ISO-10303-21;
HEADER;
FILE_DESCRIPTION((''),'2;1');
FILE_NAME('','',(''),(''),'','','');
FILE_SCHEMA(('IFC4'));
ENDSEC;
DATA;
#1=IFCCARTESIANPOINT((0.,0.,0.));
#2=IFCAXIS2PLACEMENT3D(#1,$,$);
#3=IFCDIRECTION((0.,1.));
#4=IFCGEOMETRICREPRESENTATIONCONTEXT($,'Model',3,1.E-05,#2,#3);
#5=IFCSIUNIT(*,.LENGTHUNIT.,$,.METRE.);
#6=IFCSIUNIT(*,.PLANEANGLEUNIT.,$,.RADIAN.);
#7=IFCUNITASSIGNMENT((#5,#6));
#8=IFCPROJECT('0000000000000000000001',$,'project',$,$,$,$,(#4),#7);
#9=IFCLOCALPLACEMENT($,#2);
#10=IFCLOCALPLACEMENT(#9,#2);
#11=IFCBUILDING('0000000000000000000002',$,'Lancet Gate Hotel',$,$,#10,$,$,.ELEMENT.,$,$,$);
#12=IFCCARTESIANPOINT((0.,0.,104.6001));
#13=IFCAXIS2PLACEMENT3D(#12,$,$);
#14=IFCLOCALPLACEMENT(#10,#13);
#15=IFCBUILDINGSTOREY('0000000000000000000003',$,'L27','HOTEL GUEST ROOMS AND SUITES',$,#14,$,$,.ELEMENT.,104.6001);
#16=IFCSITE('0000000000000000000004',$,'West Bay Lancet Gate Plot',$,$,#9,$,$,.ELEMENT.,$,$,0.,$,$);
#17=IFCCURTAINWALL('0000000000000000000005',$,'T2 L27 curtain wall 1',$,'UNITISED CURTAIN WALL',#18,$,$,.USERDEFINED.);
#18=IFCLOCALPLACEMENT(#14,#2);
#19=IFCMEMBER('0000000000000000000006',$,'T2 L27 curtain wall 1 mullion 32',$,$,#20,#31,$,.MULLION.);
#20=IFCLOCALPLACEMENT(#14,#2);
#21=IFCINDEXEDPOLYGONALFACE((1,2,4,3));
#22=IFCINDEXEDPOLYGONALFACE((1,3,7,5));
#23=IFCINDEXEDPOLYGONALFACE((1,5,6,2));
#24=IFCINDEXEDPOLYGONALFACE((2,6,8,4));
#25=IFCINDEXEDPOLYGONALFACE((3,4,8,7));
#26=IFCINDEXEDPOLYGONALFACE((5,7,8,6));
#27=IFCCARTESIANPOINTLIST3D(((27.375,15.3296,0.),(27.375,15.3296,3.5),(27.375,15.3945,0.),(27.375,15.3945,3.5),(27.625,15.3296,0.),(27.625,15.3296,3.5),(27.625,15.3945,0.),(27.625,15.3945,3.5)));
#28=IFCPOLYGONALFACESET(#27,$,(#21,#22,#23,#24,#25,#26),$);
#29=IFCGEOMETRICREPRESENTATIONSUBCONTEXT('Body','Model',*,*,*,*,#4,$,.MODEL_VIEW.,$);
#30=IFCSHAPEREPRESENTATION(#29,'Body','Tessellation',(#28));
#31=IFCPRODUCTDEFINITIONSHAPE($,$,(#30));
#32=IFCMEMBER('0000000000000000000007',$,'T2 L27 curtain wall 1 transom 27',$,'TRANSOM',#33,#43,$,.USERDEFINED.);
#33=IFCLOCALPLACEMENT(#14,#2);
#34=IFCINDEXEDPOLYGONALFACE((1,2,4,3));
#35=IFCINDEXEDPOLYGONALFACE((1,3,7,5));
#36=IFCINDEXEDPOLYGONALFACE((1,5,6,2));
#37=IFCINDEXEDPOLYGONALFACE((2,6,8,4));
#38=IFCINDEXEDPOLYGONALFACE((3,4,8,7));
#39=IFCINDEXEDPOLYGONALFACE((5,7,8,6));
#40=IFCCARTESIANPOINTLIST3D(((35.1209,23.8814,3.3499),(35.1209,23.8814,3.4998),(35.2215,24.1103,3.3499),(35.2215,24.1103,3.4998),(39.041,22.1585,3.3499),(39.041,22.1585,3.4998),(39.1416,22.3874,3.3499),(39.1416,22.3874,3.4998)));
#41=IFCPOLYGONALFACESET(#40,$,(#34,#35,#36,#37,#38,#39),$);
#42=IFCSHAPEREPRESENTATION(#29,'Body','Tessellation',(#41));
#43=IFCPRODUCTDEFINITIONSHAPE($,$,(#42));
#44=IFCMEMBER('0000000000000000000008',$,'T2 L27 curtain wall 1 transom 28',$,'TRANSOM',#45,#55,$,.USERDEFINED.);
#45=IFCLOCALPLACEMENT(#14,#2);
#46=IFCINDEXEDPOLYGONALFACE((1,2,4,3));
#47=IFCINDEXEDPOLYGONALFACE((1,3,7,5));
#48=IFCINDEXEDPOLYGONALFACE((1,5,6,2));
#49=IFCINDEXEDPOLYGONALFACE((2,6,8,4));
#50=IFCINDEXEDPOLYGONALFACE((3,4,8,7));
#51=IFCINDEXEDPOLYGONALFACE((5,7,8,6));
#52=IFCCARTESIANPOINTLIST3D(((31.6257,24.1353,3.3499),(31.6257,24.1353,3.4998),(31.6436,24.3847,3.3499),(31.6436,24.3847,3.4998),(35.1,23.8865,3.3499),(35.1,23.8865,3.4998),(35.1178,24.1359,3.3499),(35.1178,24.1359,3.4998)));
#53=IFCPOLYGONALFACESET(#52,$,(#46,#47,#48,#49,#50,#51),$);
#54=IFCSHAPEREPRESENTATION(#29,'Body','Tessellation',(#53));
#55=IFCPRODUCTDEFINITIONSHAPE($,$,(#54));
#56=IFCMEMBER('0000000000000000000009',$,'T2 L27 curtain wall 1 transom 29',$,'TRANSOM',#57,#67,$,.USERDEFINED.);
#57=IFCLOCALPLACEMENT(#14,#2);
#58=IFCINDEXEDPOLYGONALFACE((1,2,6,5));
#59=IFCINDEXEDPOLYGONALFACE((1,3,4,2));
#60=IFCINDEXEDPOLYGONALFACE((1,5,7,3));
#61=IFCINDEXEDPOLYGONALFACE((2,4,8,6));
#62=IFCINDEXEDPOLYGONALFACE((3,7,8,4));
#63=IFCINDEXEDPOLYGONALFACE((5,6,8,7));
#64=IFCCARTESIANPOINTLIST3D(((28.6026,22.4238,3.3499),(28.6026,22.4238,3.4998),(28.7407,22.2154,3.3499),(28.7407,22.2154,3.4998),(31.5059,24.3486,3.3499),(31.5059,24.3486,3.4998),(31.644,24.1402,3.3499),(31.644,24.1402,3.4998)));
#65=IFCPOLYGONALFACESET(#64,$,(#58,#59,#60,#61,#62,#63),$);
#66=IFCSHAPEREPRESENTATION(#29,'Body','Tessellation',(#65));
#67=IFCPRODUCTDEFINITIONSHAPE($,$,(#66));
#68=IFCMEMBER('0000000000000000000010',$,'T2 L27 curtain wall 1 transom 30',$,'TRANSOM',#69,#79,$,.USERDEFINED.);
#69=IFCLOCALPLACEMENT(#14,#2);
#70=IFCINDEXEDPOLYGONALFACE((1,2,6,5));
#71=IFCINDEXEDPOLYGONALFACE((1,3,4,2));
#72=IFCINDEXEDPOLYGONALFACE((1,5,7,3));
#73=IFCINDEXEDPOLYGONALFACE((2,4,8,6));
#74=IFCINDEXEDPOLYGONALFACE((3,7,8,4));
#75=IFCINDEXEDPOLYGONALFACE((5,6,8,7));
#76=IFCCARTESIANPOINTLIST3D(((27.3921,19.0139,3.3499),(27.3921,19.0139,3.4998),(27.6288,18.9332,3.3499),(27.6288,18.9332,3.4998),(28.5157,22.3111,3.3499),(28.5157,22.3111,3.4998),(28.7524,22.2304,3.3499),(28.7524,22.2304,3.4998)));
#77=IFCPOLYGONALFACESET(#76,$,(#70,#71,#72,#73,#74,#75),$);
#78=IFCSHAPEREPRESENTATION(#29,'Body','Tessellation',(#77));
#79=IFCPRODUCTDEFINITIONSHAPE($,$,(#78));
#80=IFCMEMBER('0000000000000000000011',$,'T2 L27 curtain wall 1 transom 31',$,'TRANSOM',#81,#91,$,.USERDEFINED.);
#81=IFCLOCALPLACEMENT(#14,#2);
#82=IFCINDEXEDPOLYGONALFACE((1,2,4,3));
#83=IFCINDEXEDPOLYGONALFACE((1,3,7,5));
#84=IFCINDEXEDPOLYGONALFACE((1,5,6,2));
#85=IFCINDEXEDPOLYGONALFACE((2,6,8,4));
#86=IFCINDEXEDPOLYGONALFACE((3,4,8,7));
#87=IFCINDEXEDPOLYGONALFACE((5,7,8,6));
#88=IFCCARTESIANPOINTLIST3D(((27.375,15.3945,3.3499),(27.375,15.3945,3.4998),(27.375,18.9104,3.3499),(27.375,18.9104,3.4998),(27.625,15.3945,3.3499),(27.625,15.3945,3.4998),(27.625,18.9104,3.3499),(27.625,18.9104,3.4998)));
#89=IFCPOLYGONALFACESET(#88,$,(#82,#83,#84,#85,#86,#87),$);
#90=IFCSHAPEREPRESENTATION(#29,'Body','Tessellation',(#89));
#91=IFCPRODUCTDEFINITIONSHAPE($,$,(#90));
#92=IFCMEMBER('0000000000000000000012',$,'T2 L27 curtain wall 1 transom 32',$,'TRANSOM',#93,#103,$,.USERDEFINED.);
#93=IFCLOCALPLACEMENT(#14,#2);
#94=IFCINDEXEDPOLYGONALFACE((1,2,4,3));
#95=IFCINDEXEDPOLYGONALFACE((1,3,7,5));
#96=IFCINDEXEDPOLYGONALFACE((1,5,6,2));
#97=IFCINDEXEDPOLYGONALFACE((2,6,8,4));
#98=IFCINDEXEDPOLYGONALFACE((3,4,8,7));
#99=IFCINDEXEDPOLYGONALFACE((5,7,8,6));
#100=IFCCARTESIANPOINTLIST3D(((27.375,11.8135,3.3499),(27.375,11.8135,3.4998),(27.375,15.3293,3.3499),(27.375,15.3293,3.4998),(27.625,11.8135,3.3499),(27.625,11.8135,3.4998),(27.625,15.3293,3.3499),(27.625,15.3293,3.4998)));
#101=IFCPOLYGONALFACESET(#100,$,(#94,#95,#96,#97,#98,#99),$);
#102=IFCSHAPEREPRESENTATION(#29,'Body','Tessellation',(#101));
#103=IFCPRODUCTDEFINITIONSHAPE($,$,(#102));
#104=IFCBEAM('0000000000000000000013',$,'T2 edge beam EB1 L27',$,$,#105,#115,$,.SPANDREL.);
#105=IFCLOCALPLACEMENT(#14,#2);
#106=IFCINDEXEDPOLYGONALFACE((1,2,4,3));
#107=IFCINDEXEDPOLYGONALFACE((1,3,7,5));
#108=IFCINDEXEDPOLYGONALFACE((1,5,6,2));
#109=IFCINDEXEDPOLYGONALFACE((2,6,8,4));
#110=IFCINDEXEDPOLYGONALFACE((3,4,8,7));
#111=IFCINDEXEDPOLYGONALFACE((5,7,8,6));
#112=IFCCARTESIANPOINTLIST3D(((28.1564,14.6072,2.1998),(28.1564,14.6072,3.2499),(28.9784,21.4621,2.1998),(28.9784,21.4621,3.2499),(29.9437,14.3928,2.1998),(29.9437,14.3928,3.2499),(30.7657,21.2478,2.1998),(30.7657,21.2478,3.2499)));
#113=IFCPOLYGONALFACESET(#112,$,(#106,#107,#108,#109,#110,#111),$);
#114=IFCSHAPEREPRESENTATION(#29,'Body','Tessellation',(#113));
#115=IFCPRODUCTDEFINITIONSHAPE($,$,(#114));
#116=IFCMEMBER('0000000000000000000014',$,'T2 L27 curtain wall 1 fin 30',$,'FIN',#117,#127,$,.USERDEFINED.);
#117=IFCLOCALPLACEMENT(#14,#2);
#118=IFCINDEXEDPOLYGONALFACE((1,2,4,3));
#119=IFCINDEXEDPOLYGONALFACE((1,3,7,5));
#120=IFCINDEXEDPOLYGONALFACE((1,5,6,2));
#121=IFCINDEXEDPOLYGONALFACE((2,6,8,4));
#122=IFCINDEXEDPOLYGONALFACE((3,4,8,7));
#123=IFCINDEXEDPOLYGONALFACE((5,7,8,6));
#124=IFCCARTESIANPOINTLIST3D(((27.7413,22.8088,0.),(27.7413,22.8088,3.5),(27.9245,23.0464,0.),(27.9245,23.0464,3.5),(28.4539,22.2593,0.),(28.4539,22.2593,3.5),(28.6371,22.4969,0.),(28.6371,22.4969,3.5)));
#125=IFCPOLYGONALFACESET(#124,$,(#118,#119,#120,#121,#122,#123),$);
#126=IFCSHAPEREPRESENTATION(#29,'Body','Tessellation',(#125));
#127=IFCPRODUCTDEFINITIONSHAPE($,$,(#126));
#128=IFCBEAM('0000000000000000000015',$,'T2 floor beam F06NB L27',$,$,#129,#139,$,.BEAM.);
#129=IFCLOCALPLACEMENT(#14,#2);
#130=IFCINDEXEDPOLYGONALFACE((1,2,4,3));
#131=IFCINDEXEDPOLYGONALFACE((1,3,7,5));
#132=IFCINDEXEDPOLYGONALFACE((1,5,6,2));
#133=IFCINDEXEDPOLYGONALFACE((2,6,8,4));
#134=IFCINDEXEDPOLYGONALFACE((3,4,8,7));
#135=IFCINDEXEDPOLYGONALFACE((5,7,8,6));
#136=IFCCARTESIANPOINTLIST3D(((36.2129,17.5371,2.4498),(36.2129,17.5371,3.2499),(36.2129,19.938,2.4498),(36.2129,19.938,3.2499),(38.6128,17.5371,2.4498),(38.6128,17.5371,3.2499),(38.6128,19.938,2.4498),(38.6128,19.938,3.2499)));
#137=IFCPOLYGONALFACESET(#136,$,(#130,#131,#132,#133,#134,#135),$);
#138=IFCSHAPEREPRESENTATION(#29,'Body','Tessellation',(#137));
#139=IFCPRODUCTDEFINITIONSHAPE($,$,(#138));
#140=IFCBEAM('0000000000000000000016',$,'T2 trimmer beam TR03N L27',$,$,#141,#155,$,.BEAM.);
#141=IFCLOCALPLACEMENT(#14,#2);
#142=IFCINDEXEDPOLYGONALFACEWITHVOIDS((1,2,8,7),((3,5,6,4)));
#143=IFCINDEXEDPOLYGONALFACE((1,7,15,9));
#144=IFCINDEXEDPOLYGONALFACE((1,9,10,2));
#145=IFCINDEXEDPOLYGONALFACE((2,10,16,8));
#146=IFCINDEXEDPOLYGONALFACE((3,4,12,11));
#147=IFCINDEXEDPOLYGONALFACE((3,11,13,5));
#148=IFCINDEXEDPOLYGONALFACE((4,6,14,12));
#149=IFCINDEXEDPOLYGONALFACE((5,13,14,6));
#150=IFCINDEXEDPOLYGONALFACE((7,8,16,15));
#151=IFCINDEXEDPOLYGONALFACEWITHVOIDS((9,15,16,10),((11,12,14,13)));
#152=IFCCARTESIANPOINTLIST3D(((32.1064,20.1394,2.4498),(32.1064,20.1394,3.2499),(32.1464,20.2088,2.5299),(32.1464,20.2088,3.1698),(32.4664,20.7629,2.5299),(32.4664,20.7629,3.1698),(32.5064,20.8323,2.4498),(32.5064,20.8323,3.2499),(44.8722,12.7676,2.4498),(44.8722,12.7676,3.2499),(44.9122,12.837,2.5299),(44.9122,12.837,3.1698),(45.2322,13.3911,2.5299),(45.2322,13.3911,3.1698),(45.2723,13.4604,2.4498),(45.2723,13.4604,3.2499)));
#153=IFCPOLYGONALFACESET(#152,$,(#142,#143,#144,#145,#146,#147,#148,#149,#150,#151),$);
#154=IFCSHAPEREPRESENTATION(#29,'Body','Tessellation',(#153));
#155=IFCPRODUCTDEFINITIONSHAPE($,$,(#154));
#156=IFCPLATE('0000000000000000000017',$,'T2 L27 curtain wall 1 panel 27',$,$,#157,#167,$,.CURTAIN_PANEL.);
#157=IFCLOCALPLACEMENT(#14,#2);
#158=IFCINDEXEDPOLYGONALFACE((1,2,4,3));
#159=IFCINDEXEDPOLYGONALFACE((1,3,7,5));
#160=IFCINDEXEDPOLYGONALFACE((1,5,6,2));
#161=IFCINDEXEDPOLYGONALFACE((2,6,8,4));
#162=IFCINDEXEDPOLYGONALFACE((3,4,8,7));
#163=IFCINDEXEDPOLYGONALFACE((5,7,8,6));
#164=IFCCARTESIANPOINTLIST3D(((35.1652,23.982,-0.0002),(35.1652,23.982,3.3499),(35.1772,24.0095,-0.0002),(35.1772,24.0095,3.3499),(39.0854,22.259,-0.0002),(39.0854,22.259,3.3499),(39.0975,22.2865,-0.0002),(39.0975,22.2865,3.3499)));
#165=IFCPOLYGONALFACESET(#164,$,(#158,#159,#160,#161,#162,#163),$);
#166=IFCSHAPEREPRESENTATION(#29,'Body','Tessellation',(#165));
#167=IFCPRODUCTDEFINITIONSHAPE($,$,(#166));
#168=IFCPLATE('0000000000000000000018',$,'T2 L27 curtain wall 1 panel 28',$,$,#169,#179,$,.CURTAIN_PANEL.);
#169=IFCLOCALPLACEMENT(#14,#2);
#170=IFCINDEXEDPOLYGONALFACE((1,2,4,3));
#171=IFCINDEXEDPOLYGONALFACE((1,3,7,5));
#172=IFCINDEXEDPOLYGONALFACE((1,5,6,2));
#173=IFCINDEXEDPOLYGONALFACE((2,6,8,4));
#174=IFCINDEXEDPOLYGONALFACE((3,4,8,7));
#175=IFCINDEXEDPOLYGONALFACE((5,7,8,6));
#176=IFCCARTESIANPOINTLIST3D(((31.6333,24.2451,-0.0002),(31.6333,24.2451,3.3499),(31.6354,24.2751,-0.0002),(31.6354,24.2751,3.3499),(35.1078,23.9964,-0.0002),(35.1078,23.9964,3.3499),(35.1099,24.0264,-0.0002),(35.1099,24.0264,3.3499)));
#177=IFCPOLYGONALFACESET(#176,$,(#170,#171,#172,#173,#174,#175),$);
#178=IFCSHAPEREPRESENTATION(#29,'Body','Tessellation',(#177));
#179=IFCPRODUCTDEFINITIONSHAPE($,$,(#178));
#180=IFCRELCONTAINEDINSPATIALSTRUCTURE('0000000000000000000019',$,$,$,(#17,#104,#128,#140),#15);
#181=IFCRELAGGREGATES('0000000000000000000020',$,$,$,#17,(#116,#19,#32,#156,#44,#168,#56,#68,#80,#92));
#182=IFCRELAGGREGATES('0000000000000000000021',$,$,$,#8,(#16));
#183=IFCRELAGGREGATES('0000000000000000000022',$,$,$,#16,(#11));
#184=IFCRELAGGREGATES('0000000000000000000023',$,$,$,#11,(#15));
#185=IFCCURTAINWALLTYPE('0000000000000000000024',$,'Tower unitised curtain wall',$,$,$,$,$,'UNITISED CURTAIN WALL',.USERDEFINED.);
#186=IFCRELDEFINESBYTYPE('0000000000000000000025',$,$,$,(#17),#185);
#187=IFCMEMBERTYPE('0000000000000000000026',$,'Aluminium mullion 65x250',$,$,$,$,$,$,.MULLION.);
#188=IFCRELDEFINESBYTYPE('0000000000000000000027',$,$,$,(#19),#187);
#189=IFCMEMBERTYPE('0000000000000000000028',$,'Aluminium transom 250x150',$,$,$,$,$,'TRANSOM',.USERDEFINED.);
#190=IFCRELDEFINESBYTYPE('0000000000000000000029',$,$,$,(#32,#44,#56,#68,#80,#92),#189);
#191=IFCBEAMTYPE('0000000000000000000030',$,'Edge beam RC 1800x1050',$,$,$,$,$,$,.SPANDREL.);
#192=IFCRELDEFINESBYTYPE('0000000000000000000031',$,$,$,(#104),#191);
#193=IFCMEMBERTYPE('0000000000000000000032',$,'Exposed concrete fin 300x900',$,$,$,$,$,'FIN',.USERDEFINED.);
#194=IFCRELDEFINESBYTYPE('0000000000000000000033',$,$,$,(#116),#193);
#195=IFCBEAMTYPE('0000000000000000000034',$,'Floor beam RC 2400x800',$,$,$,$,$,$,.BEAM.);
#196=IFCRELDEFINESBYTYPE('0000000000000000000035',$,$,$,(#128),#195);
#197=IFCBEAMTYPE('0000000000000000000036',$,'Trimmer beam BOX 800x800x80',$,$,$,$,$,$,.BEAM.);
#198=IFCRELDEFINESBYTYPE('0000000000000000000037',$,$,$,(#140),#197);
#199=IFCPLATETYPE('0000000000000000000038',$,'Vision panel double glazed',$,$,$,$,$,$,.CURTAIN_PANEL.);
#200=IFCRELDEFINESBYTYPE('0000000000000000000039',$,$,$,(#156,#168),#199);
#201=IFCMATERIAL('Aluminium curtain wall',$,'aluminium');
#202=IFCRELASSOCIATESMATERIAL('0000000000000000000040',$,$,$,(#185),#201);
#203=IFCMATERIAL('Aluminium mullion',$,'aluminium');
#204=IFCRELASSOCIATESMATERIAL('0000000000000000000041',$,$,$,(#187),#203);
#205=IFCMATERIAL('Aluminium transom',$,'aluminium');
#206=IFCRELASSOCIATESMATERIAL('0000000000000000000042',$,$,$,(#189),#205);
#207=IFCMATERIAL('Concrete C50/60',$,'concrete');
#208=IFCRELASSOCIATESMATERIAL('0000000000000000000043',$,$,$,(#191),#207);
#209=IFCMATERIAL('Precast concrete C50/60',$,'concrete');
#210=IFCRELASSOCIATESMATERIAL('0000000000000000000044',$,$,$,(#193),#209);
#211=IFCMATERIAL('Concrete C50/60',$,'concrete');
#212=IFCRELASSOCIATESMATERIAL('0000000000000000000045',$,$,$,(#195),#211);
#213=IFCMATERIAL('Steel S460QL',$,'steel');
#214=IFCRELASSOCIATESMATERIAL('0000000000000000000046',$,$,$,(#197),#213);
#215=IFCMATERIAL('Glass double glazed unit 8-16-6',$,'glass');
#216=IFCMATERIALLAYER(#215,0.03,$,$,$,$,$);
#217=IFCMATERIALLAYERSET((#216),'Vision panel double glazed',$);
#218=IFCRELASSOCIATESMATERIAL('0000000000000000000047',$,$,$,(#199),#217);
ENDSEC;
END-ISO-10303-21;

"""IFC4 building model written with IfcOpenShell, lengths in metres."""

from ifc_helpers import new_model, si_unit, direction, frame, origin, origin_2d, place, context, subcontext, project, spatial, rectangle, hollow_rectangle, extrude, material, layer, layer_set, material_profile, profile_set, type_object, element, aggregate, save


model = new_model("IFC4")

# Units and contexts
model_context = context("Model", 3, precision=1e-05, world=origin(), true_north=direction((0.0, 1.0)))
body_context = subcontext(model_context, "Body", "Model", "MODEL_VIEW")
ifc_project = project(units=[si_unit("LENGTHUNIT", "METRE"), si_unit("PLANEANGLEUNIT", "RADIAN")], contexts=[model_context])

# Site, building, storey
site_placement = place(None, origin())
site = spatial("IfcSite", under=ifc_project, at=site_placement, Name="West Bay Lancet Gate Plot", CompositionType="ELEMENT", RefElevation=0.0)
building_placement = place(site_placement, origin())
building = spatial("IfcBuilding", under=site, at=building_placement, Name="Lancet Gate Hotel", CompositionType="ELEMENT")
storey_placement = place(building_placement, frame((0.0, 0.0, 104.6001)))
storey = spatial("IfcBuildingStorey", under=building, at=storey_placement, Name="L27", Description="HOTEL GUEST ROOMS AND SUITES", CompositionType="ELEMENT", Elevation=104.6001)

# Curtain wall, members
ifc_material_1 = material(Name="Aluminium curtain wall", Category="aluminium")
curtain_wall_type = type_object("IfcCurtainWallType", Name="Tower unitised curtain wall", ElementType="UNITISED CURTAIN WALL", PredefinedType="USERDEFINED", material=ifc_material_1)
curtain_wall_placement = place(storey_placement, origin())
curtain_wall = element("IfcCurtainWall", 1, at=curtain_wall_placement, inside=storey, type_object=curtain_wall_type, Name="T2 L27 curtain wall 1", ObjectType="UNITISED CURTAIN WALL", PredefinedType="USERDEFINED")
ifc_material_2 = material(Name="Aluminium mullion", Category="aluminium")
ifc_material_profile_1 = material_profile(ifc_material_2, rectangle(XDim=0.0649, YDim=0.25, at=origin_2d()), Name="MULLION 65x250")
ifc_profile_set_1 = profile_set([ifc_material_profile_1], Name="Aluminium mullion")
member_type_1 = type_object("IfcMemberType", Name="Aluminium mullion 65x250", PredefinedType="MULLION", material=ifc_profile_set_1)
member_1_placement = place(storey_placement, frame((27.5, 15.3621, 0.0), z_axis=(0.0, 0.0, 1.0), x_axis=(0.0, -1.0, 0.0)))
member_1 = element("IfcMember", 2, at=member_1_placement, type_object=member_type_1, Name="T2 L27 curtain wall 1 mullion 32", PredefinedType="MULLION", context=body_context, shape_type="SweptSolid", body=[
    extrude(rectangle(XDim=0.0649, YDim=0.25, at=origin_2d()), origin(), (0.0, 0.0, 1.0), 3.5),
])
ifc_material_3 = material(Name="Aluminium transom", Category="aluminium")
ifc_material_profile_2 = material_profile(ifc_material_3, rectangle(XDim=0.25, YDim=0.1499, at=origin_2d()), Name="TRANSOM 250x150")
ifc_profile_set_2 = profile_set([ifc_material_profile_2], Name="Aluminium transom")
member_type_2 = type_object("IfcMemberType", Name="Aluminium transom 250x150", ElementType="TRANSOM", PredefinedType="USERDEFINED", material=ifc_profile_set_2)
member_2_placement = place(storey_placement, frame((39.0913, 22.2729, 3.4248), z_axis=(-0.915485, 0.402353, 0.0), x_axis=(-0.402353, -0.915485, 0.0)))
member_2 = element("IfcMember", 3, at=member_2_placement, type_object=member_type_2, Name="T2 L27 curtain wall 1 transom 27", ObjectType="TRANSOM", PredefinedType="USERDEFINED", context=body_context, shape_type="SweptSolid", body=[
    extrude(rectangle(XDim=0.25, YDim=0.1499, at=origin_2d()), origin(), (0.0, 0.0, 1.0), 4.282),
])
member_3_placement = place(storey_placement, frame((35.1089, 24.0112, 3.4248), z_axis=(-0.997446, 0.071421, 0.0), x_axis=(-0.071421, -0.997446, 0.0)))
member_3 = element("IfcMember", 4, at=member_3_placement, type_object=member_type_2, Name="T2 L27 curtain wall 1 transom 28", ObjectType="TRANSOM", PredefinedType="USERDEFINED", context=body_context, shape_type="SweptSolid", body=[
    extrude(rectangle(XDim=0.25, YDim=0.1499, at=origin_2d()), origin(), (0.0, 0.0, 1.0), 3.4832),
])
member_4_placement = place(storey_placement, frame((31.575, 24.2444, 3.4248), z_axis=(-0.833471, -0.552563, 0.0), x_axis=(0.552563, -0.833471, 0.0)))
member_4 = element("IfcMember", 5, at=member_4_placement, type_object=member_type_2, Name="T2 L27 curtain wall 1 transom 29", ObjectType="TRANSOM", PredefinedType="USERDEFINED", context=body_context, shape_type="SweptSolid", body=[
    extrude(rectangle(XDim=0.25, YDim=0.1499, at=origin_2d()), origin(), (0.0, 0.0, 1.0), 3.4834),
])
member_5_placement = place(storey_placement, frame((28.634, 22.2708, 3.4248), z_axis=(-0.32255, -0.946553, 0.0), x_axis=(0.946553, -0.32255, 0.0)))
member_5 = element("IfcMember", 6, at=member_5_placement, type_object=member_type_2, Name="T2 L27 curtain wall 1 transom 30", ObjectType="TRANSOM", PredefinedType="USERDEFINED", context=body_context, shape_type="SweptSolid", body=[
    extrude(rectangle(XDim=0.25, YDim=0.1499, at=origin_2d()), origin(), (0.0, 0.0, 1.0), 3.4834),
])
member_6_placement = place(storey_placement, frame((27.5, 18.9104, 3.4248), z_axis=(0.0, -1.0, 0.0), x_axis=(1.0, 0.0, 0.0)))
member_6 = element("IfcMember", 7, at=member_6_placement, type_object=member_type_2, Name="T2 L27 curtain wall 1 transom 31", ObjectType="TRANSOM", PredefinedType="USERDEFINED", context=body_context, shape_type="SweptSolid", body=[
    extrude(rectangle(XDim=0.25, YDim=0.1499, at=origin_2d()), origin(), (0.0, 0.0, 1.0), 3.5159),
])
member_7_placement = place(storey_placement, frame((27.5, 15.3293, 3.4248), z_axis=(0.0, -1.0, 0.0), x_axis=(1.0, 0.0, 0.0)))
member_7 = element("IfcMember", 8, at=member_7_placement, type_object=member_type_2, Name="T2 L27 curtain wall 1 transom 32", ObjectType="TRANSOM", PredefinedType="USERDEFINED", context=body_context, shape_type="SweptSolid", body=[
    extrude(rectangle(XDim=0.25, YDim=0.1499, at=origin_2d()), origin(), (0.0, 0.0, 1.0), 3.5159),
])

# Beam
ifc_material_4 = material(Name="Concrete C50/60", Category="concrete")
ifc_material_profile_3 = material_profile(ifc_material_4, rectangle(XDim=1.8, YDim=1.05, at=origin_2d()), Name="RC 1800x1050")
ifc_profile_set_3 = profile_set([ifc_material_profile_3], Name="Concrete C50/60")
beam_type_1 = type_object("IfcBeamType", Name="Edge beam RC 1800x1050", PredefinedType="SPANDREL", material=ifc_profile_set_3)
beam_1_placement = place(storey_placement, frame((29.05, 14.5, 2.7249), z_axis=(0.119063, 0.992887, 0.0), x_axis=(-0.992887, 0.119063, 0.0)))
element("IfcBeam", 9, at=beam_1_placement, inside=storey, type_object=beam_type_1, Name="T2 edge beam EB1 L27", PredefinedType="SPANDREL", context=body_context, shape_type="SweptSolid", body=[
    extrude(rectangle(XDim=1.8, YDim=1.05, at=origin_2d()), origin(), (0.0, 0.0, 1.0), 6.9041),
])

# Member
ifc_material_5 = material(Name="Precast concrete C50/60", Category="concrete")
ifc_material_profile_4 = material_profile(ifc_material_5, rectangle(XDim=0.3, YDim=0.8999, at=origin_2d()), Name="FIN 300x900")
ifc_profile_set_4 = profile_set([ifc_material_profile_4], Name="Precast concrete C50/60")
member_type_3 = type_object("IfcMemberType", Name="Exposed concrete fin 300x900", ElementType="FIN", PredefinedType="USERDEFINED", material=ifc_profile_set_4)
member_8_placement = place(storey_placement, frame((28.1892, 22.6528, 0.0), z_axis=(0.0, 0.0, 1.0), x_axis=(-0.610664, -0.79189, 0.0)))
member_8 = element("IfcMember", 10, at=member_8_placement, type_object=member_type_3, Name="T2 L27 curtain wall 1 fin 30", ObjectType="FIN", PredefinedType="USERDEFINED", context=body_context, shape_type="SweptSolid", body=[
    extrude(rectangle(XDim=0.3, YDim=0.8999, at=origin_2d()), origin(), (0.0, 0.0, 1.0), 3.5),
])

# Beams
ifc_material_6 = material(Name="Concrete C50/60", Category="concrete")
ifc_material_profile_5 = material_profile(ifc_material_6, rectangle(XDim=2.3999, YDim=0.8, at=origin_2d()), Name="RC 2400x800")
ifc_profile_set_5 = profile_set([ifc_material_profile_5], Name="Concrete C50/60")
beam_type_2 = type_object("IfcBeamType", Name="Floor beam RC 2400x800", PredefinedType="BEAM", material=ifc_profile_set_5)
beam_2_placement = place(storey_placement, frame((37.4128, 17.5371, 2.8499), z_axis=(0.0, 1.0, 0.0), x_axis=(-1.0, 0.0, 0.0)))
element("IfcBeam", 11, at=beam_2_placement, inside=storey, type_object=beam_type_2, Name="T2 floor beam F06NB L27", PredefinedType="BEAM", context=body_context, shape_type="SweptSolid", body=[
    extrude(rectangle(XDim=2.3999, YDim=0.8, at=origin_2d()), origin(), (0.0, 0.0, 1.0), 2.4009),
])
ifc_material_7 = material(Name="Steel S460QL", Category="steel")
ifc_material_profile_6 = material_profile(ifc_material_7, hollow_rectangle(XDim=0.8, YDim=0.8, WallThickness=0.0801, at=origin_2d()), Name="BOX 800x800x80")
ifc_profile_set_6 = profile_set([ifc_material_profile_6], Name="Steel S460QL")
beam_type_3 = type_object("IfcBeamType", Name="Trimmer beam BOX 800x800x80", PredefinedType="BEAM", material=ifc_profile_set_6)
beam_3_placement = place(storey_placement, frame((32.3064, 20.4858, 2.8499), z_axis=(0.865983, -0.500074, 0.0), x_axis=(0.500074, 0.865983, 0.0)))
element("IfcBeam", 12, at=beam_3_placement, inside=storey, type_object=beam_type_3, Name="T2 trimmer beam TR03N L27", PredefinedType="BEAM", context=body_context, shape_type="SweptSolid", body=[
    extrude(hollow_rectangle(XDim=0.8, YDim=0.8, WallThickness=0.0801, at=origin_2d()), origin(), (0.0, 0.0, 1.0), 14.7415),
])

# Plates
ifc_material_8 = material(Name="Glass double glazed unit 8-16-6", Category="glass")
ifc_layer_1 = layer(ifc_material_8, 0.03)
ifc_layer_set_1 = layer_set([ifc_layer_1], Name="Vision panel double glazed")
plate_type = type_object("IfcPlateType", Name="Vision panel double glazed", PredefinedType="CURTAIN_PANEL", material=ifc_layer_set_1)
plate_1_placement = place(storey_placement, frame((37.1313, 23.1343, -0.0002), z_axis=(0.0, 0.0, 1.0), x_axis=(-0.915479, 0.402367, 0.0)))
plate_1 = element("IfcPlate", 13, at=plate_1_placement, type_object=plate_type, Name="T2 L27 curtain wall 1 panel 27", PredefinedType="CURTAIN_PANEL", context=body_context, shape_type="SweptSolid", body=[
    extrude(rectangle(XDim=4.2822, YDim=0.03, at=origin_2d()), origin(), (0.0, 0.0, 1.0), 3.3501),
])
plate_2_placement = place(storey_placement, frame((33.3716, 24.1357, -0.0002), z_axis=(0.0, 0.0, 1.0), x_axis=(-0.997448, 0.07139, 0.0)))
plate_2 = element("IfcPlate", 14, at=plate_2_placement, type_object=plate_type, Name="T2 L27 curtain wall 1 panel 28", PredefinedType="CURTAIN_PANEL", context=body_context, shape_type="SweptSolid", body=[
    extrude(rectangle(XDim=3.4834, YDim=0.03, at=origin_2d()), origin(), (0.0, 0.0, 1.0), 3.3501),
])
aggregate(curtain_wall, [member_8, member_1, member_2, plate_1, member_3, plate_2, member_4, member_5, member_6, member_7])

save(model, "model.ifc")
